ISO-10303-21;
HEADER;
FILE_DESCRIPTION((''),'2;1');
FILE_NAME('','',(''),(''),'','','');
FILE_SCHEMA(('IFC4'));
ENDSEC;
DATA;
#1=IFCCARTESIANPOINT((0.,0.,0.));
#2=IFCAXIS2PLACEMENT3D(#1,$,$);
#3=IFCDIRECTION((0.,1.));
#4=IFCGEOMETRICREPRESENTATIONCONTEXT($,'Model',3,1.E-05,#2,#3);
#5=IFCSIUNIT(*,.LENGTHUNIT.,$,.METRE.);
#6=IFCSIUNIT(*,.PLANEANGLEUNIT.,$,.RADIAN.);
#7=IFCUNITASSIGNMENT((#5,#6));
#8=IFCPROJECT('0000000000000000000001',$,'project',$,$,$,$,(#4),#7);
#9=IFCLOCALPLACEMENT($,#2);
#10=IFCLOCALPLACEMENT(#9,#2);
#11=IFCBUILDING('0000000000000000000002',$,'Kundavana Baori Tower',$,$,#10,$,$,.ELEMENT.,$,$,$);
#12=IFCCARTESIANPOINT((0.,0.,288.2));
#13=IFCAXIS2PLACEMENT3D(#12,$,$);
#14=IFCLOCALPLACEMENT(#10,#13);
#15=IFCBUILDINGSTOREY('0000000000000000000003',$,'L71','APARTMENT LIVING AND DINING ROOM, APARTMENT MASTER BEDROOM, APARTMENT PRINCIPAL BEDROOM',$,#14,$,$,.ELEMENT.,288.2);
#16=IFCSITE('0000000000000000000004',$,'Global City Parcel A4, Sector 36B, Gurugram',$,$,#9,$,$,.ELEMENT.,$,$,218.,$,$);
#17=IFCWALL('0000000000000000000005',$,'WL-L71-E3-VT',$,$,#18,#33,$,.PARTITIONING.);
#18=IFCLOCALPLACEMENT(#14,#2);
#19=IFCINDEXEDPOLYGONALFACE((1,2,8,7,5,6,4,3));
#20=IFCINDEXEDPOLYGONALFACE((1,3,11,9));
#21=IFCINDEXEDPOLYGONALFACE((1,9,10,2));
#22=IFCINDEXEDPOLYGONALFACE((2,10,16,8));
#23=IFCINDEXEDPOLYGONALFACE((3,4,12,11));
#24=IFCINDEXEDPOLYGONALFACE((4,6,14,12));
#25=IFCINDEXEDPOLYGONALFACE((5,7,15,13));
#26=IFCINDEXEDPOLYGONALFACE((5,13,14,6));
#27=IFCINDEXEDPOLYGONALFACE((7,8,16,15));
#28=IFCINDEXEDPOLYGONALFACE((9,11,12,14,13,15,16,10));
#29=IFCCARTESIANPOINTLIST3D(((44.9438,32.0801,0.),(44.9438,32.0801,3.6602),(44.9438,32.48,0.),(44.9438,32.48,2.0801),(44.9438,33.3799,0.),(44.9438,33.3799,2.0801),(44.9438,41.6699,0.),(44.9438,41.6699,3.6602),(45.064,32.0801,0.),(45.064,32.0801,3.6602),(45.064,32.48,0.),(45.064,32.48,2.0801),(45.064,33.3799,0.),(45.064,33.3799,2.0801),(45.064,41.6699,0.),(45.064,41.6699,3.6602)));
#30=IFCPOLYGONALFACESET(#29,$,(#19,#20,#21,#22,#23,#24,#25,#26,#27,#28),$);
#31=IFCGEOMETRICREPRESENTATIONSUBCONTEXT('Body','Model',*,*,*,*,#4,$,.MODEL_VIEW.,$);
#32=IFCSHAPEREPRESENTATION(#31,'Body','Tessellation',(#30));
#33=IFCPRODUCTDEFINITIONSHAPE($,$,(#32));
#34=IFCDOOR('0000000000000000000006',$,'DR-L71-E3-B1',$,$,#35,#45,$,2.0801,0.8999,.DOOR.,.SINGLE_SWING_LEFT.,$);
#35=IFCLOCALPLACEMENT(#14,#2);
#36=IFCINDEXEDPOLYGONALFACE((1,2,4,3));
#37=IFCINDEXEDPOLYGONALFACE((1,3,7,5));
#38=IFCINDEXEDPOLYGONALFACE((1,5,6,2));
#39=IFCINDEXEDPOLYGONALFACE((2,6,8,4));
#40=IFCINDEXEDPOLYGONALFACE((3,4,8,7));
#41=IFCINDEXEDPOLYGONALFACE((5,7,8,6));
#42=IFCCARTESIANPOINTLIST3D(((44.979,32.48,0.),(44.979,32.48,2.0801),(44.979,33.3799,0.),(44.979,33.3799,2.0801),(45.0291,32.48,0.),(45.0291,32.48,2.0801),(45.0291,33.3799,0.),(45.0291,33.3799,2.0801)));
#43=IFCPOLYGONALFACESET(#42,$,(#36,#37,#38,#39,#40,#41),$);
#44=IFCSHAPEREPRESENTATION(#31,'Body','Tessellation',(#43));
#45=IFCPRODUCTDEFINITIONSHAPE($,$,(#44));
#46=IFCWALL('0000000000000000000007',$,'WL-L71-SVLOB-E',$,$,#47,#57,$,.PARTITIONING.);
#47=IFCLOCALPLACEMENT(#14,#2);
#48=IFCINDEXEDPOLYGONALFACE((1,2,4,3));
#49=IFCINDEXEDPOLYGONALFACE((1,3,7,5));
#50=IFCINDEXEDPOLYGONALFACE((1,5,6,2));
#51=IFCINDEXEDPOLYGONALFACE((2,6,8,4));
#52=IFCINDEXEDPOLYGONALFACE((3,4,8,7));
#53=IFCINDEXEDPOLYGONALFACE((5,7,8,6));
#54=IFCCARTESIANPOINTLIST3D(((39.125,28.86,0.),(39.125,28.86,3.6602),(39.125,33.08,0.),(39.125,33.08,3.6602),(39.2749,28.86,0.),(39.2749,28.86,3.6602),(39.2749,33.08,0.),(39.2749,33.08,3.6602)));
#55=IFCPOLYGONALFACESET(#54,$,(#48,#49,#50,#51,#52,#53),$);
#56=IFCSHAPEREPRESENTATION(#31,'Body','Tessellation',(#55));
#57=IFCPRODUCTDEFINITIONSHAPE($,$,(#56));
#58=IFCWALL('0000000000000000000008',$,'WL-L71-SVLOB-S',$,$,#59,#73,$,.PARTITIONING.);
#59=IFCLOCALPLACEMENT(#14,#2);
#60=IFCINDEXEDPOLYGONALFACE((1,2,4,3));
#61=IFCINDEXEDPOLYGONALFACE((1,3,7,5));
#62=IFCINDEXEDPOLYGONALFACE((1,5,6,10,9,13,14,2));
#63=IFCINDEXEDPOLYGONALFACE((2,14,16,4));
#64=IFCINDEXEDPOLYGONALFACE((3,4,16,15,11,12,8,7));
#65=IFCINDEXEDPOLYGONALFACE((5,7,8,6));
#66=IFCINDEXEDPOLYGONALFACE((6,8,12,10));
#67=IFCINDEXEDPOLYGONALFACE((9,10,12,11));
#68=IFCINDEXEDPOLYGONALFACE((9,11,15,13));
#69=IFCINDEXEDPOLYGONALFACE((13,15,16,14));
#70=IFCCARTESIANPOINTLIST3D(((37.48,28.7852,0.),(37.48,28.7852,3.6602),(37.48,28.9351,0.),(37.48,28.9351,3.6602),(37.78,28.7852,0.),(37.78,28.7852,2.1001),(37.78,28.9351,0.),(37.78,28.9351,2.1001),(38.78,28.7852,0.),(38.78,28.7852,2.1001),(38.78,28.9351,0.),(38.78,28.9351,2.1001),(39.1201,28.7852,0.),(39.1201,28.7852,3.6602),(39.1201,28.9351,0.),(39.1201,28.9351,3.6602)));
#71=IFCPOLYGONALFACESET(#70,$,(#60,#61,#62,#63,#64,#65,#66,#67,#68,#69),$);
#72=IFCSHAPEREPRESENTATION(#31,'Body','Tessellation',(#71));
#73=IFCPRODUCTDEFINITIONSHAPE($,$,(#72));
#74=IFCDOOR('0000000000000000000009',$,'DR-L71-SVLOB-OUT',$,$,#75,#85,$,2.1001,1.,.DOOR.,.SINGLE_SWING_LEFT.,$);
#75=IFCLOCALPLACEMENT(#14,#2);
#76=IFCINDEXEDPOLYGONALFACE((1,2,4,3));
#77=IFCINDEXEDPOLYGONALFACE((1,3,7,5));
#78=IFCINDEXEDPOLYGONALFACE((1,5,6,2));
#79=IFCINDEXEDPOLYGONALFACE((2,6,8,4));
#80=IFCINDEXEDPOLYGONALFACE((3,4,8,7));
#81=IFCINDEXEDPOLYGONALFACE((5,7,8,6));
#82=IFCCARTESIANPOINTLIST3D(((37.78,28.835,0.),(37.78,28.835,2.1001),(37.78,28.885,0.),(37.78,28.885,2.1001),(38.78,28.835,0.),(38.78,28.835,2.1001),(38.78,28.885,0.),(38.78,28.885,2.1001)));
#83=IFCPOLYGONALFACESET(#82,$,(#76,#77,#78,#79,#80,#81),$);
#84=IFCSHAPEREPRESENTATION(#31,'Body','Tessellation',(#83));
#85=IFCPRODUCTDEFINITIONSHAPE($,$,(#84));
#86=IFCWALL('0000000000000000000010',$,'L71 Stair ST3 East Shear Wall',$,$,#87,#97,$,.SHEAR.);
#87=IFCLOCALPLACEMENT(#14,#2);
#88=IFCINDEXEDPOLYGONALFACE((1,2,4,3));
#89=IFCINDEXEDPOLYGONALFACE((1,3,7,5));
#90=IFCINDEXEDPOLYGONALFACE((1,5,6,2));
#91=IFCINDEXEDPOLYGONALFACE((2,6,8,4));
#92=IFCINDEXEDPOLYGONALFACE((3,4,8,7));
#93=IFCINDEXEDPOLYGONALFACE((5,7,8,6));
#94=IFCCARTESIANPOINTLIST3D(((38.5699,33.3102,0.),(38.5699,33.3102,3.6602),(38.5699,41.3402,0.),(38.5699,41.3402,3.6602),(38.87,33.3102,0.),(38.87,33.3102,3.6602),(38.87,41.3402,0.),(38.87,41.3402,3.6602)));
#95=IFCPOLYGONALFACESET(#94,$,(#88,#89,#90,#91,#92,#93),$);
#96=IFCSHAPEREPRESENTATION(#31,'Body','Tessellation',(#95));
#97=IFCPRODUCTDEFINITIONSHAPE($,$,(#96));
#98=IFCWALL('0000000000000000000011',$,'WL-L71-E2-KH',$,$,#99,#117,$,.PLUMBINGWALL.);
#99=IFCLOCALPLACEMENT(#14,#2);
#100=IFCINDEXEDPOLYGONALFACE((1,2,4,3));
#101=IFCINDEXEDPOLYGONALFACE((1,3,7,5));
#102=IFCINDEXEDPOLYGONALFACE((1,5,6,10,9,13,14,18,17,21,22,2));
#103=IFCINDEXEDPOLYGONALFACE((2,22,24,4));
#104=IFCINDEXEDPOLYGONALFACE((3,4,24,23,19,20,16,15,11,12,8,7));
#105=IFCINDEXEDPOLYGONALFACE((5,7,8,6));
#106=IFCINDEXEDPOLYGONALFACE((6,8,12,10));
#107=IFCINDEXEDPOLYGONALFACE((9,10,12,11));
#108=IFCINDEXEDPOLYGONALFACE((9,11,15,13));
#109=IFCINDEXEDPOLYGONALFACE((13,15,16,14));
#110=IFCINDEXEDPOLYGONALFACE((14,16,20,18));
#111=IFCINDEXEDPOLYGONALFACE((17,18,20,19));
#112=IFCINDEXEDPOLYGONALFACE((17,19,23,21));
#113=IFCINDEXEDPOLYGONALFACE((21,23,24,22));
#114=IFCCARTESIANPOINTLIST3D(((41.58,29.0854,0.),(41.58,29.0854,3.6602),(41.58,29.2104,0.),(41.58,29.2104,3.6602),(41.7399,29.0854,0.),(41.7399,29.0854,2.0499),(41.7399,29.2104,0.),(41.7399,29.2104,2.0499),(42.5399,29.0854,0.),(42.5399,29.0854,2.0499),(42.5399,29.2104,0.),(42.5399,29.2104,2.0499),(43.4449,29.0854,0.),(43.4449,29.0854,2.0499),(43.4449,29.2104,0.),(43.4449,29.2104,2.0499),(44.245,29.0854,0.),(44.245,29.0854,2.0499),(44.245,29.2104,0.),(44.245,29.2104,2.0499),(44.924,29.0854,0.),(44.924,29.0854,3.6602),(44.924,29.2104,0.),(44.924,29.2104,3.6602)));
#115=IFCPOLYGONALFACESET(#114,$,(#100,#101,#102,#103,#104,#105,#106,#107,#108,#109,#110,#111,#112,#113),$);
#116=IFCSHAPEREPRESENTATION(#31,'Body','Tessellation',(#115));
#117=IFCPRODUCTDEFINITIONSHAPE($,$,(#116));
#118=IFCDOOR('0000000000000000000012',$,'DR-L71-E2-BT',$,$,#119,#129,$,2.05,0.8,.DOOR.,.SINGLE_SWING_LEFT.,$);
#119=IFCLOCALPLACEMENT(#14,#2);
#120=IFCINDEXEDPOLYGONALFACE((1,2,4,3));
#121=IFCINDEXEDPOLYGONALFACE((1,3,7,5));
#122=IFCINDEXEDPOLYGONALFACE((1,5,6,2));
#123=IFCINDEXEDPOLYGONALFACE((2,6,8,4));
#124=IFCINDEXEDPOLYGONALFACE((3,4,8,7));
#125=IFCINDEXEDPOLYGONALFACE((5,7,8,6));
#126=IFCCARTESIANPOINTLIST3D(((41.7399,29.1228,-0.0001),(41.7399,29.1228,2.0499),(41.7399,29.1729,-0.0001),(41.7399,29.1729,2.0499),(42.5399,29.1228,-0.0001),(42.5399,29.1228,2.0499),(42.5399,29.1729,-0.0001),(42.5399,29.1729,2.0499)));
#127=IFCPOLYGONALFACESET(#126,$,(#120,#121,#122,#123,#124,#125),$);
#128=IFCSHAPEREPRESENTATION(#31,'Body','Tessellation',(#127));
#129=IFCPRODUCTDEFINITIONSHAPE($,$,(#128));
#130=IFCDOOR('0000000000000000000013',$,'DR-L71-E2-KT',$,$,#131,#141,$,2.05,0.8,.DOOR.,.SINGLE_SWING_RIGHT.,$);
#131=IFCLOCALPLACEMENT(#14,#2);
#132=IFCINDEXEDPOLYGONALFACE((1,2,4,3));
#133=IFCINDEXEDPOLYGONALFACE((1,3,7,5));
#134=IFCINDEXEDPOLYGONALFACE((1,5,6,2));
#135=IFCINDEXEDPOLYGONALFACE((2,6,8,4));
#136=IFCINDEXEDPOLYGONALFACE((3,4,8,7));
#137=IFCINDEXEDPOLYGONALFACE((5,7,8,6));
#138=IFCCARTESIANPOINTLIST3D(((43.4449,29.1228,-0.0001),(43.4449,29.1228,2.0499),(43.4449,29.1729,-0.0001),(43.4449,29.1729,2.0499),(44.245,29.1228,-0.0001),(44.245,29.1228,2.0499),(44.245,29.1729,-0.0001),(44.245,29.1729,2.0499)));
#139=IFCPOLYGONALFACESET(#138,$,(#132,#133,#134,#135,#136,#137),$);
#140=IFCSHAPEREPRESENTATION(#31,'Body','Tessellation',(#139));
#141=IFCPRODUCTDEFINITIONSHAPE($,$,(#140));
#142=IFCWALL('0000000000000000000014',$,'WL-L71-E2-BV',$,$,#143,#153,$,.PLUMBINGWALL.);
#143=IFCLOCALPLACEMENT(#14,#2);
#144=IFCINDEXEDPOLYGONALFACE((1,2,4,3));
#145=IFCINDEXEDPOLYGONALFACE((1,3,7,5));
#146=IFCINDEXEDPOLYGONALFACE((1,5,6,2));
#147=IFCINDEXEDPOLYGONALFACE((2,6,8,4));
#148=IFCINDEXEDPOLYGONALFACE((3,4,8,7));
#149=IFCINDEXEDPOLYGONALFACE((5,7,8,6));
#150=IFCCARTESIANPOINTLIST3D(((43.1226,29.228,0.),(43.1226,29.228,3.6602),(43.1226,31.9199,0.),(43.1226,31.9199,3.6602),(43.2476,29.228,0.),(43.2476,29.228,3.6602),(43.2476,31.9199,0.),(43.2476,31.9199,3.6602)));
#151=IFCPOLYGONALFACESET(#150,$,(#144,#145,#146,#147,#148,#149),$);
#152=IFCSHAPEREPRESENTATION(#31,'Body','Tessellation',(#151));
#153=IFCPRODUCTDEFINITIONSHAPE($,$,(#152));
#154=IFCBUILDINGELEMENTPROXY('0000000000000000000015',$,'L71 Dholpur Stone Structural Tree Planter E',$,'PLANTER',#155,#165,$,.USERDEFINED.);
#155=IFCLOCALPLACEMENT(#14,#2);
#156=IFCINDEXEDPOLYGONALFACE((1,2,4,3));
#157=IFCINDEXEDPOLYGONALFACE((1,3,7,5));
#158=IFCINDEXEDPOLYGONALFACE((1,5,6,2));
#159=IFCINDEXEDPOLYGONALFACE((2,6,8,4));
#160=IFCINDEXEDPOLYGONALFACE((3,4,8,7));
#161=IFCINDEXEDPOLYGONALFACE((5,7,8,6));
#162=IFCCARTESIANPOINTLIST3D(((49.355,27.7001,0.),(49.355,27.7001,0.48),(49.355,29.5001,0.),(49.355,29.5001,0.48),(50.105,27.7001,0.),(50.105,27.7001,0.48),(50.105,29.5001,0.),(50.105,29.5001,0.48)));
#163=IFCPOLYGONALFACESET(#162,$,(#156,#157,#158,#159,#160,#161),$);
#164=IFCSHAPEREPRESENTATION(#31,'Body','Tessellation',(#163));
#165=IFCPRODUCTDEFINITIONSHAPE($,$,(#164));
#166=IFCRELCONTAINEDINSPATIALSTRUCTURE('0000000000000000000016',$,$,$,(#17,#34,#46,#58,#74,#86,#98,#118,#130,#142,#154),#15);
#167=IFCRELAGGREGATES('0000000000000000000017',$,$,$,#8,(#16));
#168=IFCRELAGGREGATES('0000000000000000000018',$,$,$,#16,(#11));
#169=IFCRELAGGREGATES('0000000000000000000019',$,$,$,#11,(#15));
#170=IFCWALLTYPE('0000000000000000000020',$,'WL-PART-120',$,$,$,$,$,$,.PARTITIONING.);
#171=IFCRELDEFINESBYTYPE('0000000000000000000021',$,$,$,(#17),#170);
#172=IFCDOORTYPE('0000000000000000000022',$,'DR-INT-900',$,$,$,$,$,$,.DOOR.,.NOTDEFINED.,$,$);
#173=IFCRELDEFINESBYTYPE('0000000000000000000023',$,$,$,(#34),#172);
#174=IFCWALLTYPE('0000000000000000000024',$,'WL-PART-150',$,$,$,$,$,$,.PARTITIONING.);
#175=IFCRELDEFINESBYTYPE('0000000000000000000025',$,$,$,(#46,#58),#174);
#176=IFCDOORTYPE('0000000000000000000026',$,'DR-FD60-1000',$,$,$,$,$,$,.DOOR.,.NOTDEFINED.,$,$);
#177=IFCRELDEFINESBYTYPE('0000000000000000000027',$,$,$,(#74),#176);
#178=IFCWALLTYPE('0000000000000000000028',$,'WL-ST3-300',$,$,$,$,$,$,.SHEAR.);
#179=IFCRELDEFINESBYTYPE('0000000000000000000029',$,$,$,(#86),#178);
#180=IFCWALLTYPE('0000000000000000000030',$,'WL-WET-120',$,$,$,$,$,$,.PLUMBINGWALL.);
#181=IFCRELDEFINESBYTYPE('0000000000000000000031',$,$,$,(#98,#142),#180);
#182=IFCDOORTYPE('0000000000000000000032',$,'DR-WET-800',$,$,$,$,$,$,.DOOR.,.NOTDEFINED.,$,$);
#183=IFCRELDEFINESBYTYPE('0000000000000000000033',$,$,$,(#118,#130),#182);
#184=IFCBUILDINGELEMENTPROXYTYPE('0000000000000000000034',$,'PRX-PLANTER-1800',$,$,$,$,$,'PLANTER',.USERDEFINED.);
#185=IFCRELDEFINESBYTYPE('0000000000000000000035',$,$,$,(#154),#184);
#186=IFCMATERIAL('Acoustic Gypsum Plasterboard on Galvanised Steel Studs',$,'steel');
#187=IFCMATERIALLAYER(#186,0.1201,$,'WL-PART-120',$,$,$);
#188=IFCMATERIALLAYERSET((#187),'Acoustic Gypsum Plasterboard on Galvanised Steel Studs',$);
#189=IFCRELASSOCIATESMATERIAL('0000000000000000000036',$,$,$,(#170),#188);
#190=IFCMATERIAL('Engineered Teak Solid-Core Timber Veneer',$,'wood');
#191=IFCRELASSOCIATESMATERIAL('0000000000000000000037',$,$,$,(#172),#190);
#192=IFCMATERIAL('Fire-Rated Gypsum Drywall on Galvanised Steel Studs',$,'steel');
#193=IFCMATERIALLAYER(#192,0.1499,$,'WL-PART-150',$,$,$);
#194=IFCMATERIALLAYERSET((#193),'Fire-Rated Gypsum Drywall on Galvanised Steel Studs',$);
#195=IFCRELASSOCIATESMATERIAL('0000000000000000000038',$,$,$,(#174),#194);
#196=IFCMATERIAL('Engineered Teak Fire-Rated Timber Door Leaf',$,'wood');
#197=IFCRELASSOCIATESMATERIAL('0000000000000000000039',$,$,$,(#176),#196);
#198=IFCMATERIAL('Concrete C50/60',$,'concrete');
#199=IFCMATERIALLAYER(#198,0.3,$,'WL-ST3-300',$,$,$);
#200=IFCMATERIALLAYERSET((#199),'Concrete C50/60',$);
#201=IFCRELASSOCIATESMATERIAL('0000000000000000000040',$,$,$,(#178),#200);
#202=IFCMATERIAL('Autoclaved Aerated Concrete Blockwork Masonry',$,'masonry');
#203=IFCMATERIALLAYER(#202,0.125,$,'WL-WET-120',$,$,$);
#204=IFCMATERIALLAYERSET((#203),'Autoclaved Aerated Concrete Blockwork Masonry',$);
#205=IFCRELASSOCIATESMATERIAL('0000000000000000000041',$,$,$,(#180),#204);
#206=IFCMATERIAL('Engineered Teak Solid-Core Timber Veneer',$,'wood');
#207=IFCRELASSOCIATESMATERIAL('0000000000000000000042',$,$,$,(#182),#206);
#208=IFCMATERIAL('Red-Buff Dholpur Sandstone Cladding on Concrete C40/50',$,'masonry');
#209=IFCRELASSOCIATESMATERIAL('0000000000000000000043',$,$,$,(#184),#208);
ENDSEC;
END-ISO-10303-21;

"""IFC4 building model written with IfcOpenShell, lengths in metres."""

from ifc_helpers import new_model, si_unit, direction, frame, frame_2d, origin, origin_2d, place, context, subcontext, project, spatial, rectangle, extrude, material, layer, layer_set, type_object, element, fill, save


model = new_model("IFC4")

# Units and contexts
model_context = context("Model", 3, precision=1e-05, world=origin(), true_north=direction((0.0, 1.0)))
body_context = subcontext(model_context, "Body", "Model", "MODEL_VIEW")
ifc_project = project(units=[si_unit("LENGTHUNIT", "METRE"), si_unit("PLANEANGLEUNIT", "RADIAN")], contexts=[model_context])

# Site, building, storey
site_placement = place(None, origin())
site = spatial("IfcSite", under=ifc_project, at=site_placement, Name="Global City Parcel A4, Sector 36B, Gurugram", CompositionType="ELEMENT", RefElevation=218.0)
building_placement = place(site_placement, origin())
building = spatial("IfcBuilding", under=site, at=building_placement, Name="Kundavana Baori Tower", CompositionType="ELEMENT")
storey_placement = place(building_placement, frame((0.0, 0.0, 288.2)))
storey = spatial("IfcBuildingStorey", under=building, at=storey_placement, Name="L71", Description="APARTMENT LIVING AND DINING ROOM, APARTMENT MASTER BEDROOM, APARTMENT PRINCIPAL BEDROOM", CompositionType="ELEMENT", Elevation=288.2)

# Shared definitions
ifc_material_1 = material(Name="Acoustic Gypsum Plasterboard on Galvanised Steel Studs", Category="steel")
ifc_layer_1 = layer(ifc_material_1, 0.1201, Name="WL-PART-120")
ifc_layer_set_1 = layer_set([ifc_layer_1], Name="Acoustic Gypsum Plasterboard on Galvanised Steel Studs")
wall_type_1 = type_object("IfcWallType", Name="WL-PART-120", PredefinedType="PARTITIONING", material=ifc_layer_set_1)

# Wall, opening, door
wall_1_placement = place(storey_placement, frame((45.0039, 32.0801, 0.0), z_axis=(0.0, 0.0, 1.0), x_axis=(0.0, 1.0, 0.0)))
wall_1 = element("IfcWall", 1, at=wall_1_placement, inside=storey, type_object=wall_type_1, Name="WL-L71-E3-VT", PredefinedType="PARTITIONING", context=body_context, shape_type="SweptSolid", body=[
    extrude(rectangle(XDim=9.5898, YDim=0.1201, at=frame_2d((4.7949, 0.0))), origin(), (0.0, 0.0, 1.0), 3.6602),
])
opening_1_placement = place(wall_1_placement, frame((0.3999, 0.0, 0.0)))
opening_1 = element("IfcOpeningElement", 2, at=opening_1_placement, cuts=wall_1, PredefinedType="OPENING", context=body_context, shape_type="SweptSolid", body=[
    extrude(rectangle(XDim=0.8999, YDim=2.0801, at=frame_2d((0.45, 1.04))), frame((0.0, 0.0701, 0.0), z_axis=(0.0, -1.0, 0.0), x_axis=(1.0, 0.0, 0.0)), (0.0, 0.0, 1.0), 0.1401),
])
ifc_material_2 = material(Name="Engineered Teak Solid-Core Timber Veneer", Category="wood")
door_type_1 = type_object("IfcDoorType", Name="DR-INT-900", OperationType="NOTDEFINED", PredefinedType="DOOR", material=ifc_material_2)
door_1_placement = place(opening_1_placement, origin())
door_1 = element("IfcDoor", 3, at=door_1_placement, inside=storey, type_object=door_type_1, Name="DR-L71-E3-B1", OperationType="SINGLE_SWING_LEFT", OverallHeight=2.0801, OverallWidth=0.8999, PredefinedType="DOOR", context=body_context, shape_type="SweptSolid", body=[
    extrude(rectangle(XDim=0.8999, YDim=2.0801, at=frame_2d((0.45, 1.04))), frame((0.0, 0.0249, 0.0), z_axis=(0.0, -1.0, 0.0), x_axis=(1.0, 0.0, 0.0)), (0.0, 0.0, 1.0), 0.05),
])
fill(opening_1, door_1)

# Wall
ifc_material_3 = material(Name="Fire-Rated Gypsum Drywall on Galvanised Steel Studs", Category="steel")
ifc_layer_2 = layer(ifc_material_3, 0.1499, Name="WL-PART-150")
ifc_layer_set_2 = layer_set([ifc_layer_2], Name="Fire-Rated Gypsum Drywall on Galvanised Steel Studs")
wall_type_2 = type_object("IfcWallType", Name="WL-PART-150", PredefinedType="PARTITIONING", material=ifc_layer_set_2)
wall_2_placement = place(storey_placement, frame((39.2, 28.8601, 0.0), z_axis=(0.0, 0.0, 1.0), x_axis=(0.0, 1.0, 0.0)))
element("IfcWall", 4, at=wall_2_placement, inside=storey, type_object=wall_type_2, Name="WL-L71-SVLOB-E", PredefinedType="PARTITIONING", context=body_context, shape_type="SweptSolid", body=[
    extrude(rectangle(XDim=4.22, YDim=0.1499, at=frame_2d((2.1099, 0.0))), origin(), (0.0, 0.0, 1.0), 3.6602),
])

# Wall, opening, door
wall_3_placement = place(storey_placement, frame((37.48, 28.8601, 0.0), z_axis=(0.0, 0.0, 1.0), x_axis=(1.0, 0.0, 0.0)))
wall_3 = element("IfcWall", 5, at=wall_3_placement, inside=storey, type_object=wall_type_2, Name="WL-L71-SVLOB-S", PredefinedType="PARTITIONING", context=body_context, shape_type="SweptSolid", body=[
    extrude(rectangle(XDim=1.6401, YDim=0.1499, at=frame_2d((0.8201, 0.0))), origin(), (0.0, 0.0, 1.0), 3.6602),
])
opening_2_placement = place(wall_3_placement, frame((0.3, 0.0, 0.0)))
opening_2 = element("IfcOpeningElement", 6, at=opening_2_placement, cuts=wall_3, PredefinedType="OPENING", context=body_context, shape_type="SweptSolid", body=[
    extrude(rectangle(XDim=1.0, YDim=2.1001, at=frame_2d((0.5, 1.05))), frame((0.0, 0.085, 0.0), z_axis=(0.0, -1.0, 0.0), x_axis=(1.0, 0.0, 0.0)), (0.0, 0.0, 1.0), 0.1699),
])
ifc_material_4 = material(Name="Engineered Teak Fire-Rated Timber Door Leaf", Category="wood")
door_type_2 = type_object("IfcDoorType", Name="DR-FD60-1000", OperationType="NOTDEFINED", PredefinedType="DOOR", material=ifc_material_4)
door_2_placement = place(opening_2_placement, origin())
door_2 = element("IfcDoor", 7, at=door_2_placement, inside=storey, type_object=door_type_2, Name="DR-L71-SVLOB-OUT", OperationType="SINGLE_SWING_LEFT", OverallHeight=2.1001, OverallWidth=1.0, PredefinedType="DOOR", context=body_context, shape_type="SweptSolid", body=[
    extrude(rectangle(XDim=1.0, YDim=2.1001, at=frame_2d((0.5, 1.05))), frame((0.0, 0.0249, 0.0), z_axis=(0.0, -1.0, 0.0), x_axis=(1.0, 0.0, 0.0)), (0.0, 0.0, 1.0), 0.05),
])
fill(opening_2, door_2)

# Wall
ifc_material_5 = material(Name="Concrete C50/60", Category="concrete")
ifc_layer_3 = layer(ifc_material_5, 0.3, Name="WL-ST3-300")
ifc_layer_set_3 = layer_set([ifc_layer_3], Name="Concrete C50/60")
wall_type_3 = type_object("IfcWallType", Name="WL-ST3-300", PredefinedType="SHEAR", material=ifc_layer_set_3)
wall_4_placement = place(storey_placement, frame((38.72, 33.3101, 0.0), z_axis=(0.0, 0.0, 1.0), x_axis=(0.0, 1.0, 0.0)))
element("IfcWall", 8, at=wall_4_placement, inside=storey, type_object=wall_type_3, Name="L71 Stair ST3 East Shear Wall", PredefinedType="SHEAR", context=body_context, shape_type="SweptSolid", body=[
    extrude(rectangle(XDim=8.03, YDim=0.3, at=frame_2d((4.0151, 0.0))), origin(), (0.0, 0.0, 1.0), 3.6602),
])

# Wall, openings, doors
ifc_material_6 = material(Name="Autoclaved Aerated Concrete Blockwork Masonry", Category="masonry")
ifc_layer_4 = layer(ifc_material_6, 0.125, Name="WL-WET-120")
ifc_layer_set_4 = layer_set([ifc_layer_4], Name="Autoclaved Aerated Concrete Blockwork Masonry")
wall_type_4 = type_object("IfcWallType", Name="WL-WET-120", PredefinedType="PLUMBINGWALL", material=ifc_layer_set_4)
wall_5_placement = place(storey_placement, frame((41.5801, 29.1479, 0.0), z_axis=(0.0, 0.0, 1.0), x_axis=(1.0, 0.0, 0.0)))
wall_5 = element("IfcWall", 9, at=wall_5_placement, inside=storey, type_object=wall_type_4, Name="WL-L71-E2-KH", PredefinedType="PLUMBINGWALL", context=body_context, shape_type="SweptSolid", body=[
    extrude(rectangle(XDim=3.344, YDim=0.125, at=frame_2d((1.6719, 0.0))), origin(), (0.0, 0.0, 1.0), 3.6602),
])
opening_3_placement = place(wall_5_placement, frame((0.1599, 0.0, 0.0)))
opening_3 = element("IfcOpeningElement", 10, at=opening_3_placement, cuts=wall_5, PredefinedType="OPENING", context=body_context, shape_type="SweptSolid", body=[
    extrude(rectangle(XDim=0.8, YDim=2.05, at=frame_2d((0.3999, 1.0249))), frame((0.0, 0.0725, 0.0), z_axis=(0.0, -1.0, 0.0), x_axis=(1.0, 0.0, 0.0)), (0.0, 0.0, 1.0), 0.145),
])
opening_4_placement = place(wall_5_placement, frame((1.865, 0.0, 0.0)))
opening_4 = element("IfcOpeningElement", 11, at=opening_4_placement, cuts=wall_5, PredefinedType="OPENING", context=body_context, shape_type="SweptSolid", body=[
    extrude(rectangle(XDim=0.8, YDim=2.05, at=frame_2d((0.3999, 1.0249))), frame((0.0, 0.0725, 0.0), z_axis=(0.0, -1.0, 0.0), x_axis=(1.0, 0.0, 0.0)), (0.0, 0.0, 1.0), 0.145),
])
ifc_material_7 = material(Name="Engineered Teak Solid-Core Timber Veneer", Category="wood")
door_type_3 = type_object("IfcDoorType", Name="DR-WET-800", OperationType="NOTDEFINED", PredefinedType="DOOR", material=ifc_material_7)
door_3_placement = place(opening_3_placement, origin())
door_3 = element("IfcDoor", 12, at=door_3_placement, inside=storey, type_object=door_type_3, Name="DR-L71-E2-BT", OperationType="SINGLE_SWING_LEFT", OverallHeight=2.05, OverallWidth=0.8, PredefinedType="DOOR", context=body_context, shape_type="SweptSolid", body=[
    extrude(rectangle(XDim=0.8, YDim=2.05, at=frame_2d((0.3999, 1.0249))), frame((0.0, 0.0249, 0.0), z_axis=(0.0, -1.0, 0.0), x_axis=(1.0, 0.0, 0.0)), (0.0, 0.0, 1.0), 0.05),
])
fill(opening_3, door_3)
door_4_placement = place(opening_4_placement, origin())
door_4 = element("IfcDoor", 13, at=door_4_placement, inside=storey, type_object=door_type_3, Name="DR-L71-E2-KT", OperationType="SINGLE_SWING_RIGHT", OverallHeight=2.05, OverallWidth=0.8, PredefinedType="DOOR", context=body_context, shape_type="SweptSolid", body=[
    extrude(rectangle(XDim=0.8, YDim=2.05, at=frame_2d((0.3999, 1.0249))), frame((0.0, 0.0249, 0.0), z_axis=(0.0, -1.0, 0.0), x_axis=(1.0, 0.0, 0.0)), (0.0, 0.0, 1.0), 0.05),
])
fill(opening_4, door_4)

# Wall
wall_6_placement = place(storey_placement, frame((43.1851, 29.228, 0.0), z_axis=(0.0, 0.0, 1.0), x_axis=(0.0, 1.0, 0.0)))
element("IfcWall", 14, at=wall_6_placement, inside=storey, type_object=wall_type_4, Name="WL-L71-E2-BV", PredefinedType="PLUMBINGWALL", context=body_context, shape_type="SweptSolid", body=[
    extrude(rectangle(XDim=2.6919, YDim=0.125, at=frame_2d((1.3459, 0.0))), origin(), (0.0, 0.0, 1.0), 3.6602),
])

# Building element proxy
ifc_material_8 = material(Name="Red-Buff Dholpur Sandstone Cladding on Concrete C40/50", Category="masonry")
building_element_proxy_type = type_object("IfcBuildingElementProxyType", Name="PRX-PLANTER-1800", ElementType="PLANTER", PredefinedType="USERDEFINED", material=ifc_material_8)
proxy_placement = place(storey_placement, frame((49.73, 28.6001, 0.0), z_axis=(0.0, 0.0, 1.0), x_axis=(0.0, 1.0, 0.0)))
element("IfcBuildingElementProxy", 15, at=proxy_placement, inside=storey, type_object=building_element_proxy_type, Name="L71 Dholpur Stone Structural Tree Planter E", ObjectType="PLANTER", PredefinedType="USERDEFINED", context=body_context, shape_type="SweptSolid", body=[
    extrude(rectangle(XDim=1.8, YDim=0.75, at=origin_2d()), origin(), (0.0, 0.0, 1.0), 0.48),
])

save(model, "model.ifc")
